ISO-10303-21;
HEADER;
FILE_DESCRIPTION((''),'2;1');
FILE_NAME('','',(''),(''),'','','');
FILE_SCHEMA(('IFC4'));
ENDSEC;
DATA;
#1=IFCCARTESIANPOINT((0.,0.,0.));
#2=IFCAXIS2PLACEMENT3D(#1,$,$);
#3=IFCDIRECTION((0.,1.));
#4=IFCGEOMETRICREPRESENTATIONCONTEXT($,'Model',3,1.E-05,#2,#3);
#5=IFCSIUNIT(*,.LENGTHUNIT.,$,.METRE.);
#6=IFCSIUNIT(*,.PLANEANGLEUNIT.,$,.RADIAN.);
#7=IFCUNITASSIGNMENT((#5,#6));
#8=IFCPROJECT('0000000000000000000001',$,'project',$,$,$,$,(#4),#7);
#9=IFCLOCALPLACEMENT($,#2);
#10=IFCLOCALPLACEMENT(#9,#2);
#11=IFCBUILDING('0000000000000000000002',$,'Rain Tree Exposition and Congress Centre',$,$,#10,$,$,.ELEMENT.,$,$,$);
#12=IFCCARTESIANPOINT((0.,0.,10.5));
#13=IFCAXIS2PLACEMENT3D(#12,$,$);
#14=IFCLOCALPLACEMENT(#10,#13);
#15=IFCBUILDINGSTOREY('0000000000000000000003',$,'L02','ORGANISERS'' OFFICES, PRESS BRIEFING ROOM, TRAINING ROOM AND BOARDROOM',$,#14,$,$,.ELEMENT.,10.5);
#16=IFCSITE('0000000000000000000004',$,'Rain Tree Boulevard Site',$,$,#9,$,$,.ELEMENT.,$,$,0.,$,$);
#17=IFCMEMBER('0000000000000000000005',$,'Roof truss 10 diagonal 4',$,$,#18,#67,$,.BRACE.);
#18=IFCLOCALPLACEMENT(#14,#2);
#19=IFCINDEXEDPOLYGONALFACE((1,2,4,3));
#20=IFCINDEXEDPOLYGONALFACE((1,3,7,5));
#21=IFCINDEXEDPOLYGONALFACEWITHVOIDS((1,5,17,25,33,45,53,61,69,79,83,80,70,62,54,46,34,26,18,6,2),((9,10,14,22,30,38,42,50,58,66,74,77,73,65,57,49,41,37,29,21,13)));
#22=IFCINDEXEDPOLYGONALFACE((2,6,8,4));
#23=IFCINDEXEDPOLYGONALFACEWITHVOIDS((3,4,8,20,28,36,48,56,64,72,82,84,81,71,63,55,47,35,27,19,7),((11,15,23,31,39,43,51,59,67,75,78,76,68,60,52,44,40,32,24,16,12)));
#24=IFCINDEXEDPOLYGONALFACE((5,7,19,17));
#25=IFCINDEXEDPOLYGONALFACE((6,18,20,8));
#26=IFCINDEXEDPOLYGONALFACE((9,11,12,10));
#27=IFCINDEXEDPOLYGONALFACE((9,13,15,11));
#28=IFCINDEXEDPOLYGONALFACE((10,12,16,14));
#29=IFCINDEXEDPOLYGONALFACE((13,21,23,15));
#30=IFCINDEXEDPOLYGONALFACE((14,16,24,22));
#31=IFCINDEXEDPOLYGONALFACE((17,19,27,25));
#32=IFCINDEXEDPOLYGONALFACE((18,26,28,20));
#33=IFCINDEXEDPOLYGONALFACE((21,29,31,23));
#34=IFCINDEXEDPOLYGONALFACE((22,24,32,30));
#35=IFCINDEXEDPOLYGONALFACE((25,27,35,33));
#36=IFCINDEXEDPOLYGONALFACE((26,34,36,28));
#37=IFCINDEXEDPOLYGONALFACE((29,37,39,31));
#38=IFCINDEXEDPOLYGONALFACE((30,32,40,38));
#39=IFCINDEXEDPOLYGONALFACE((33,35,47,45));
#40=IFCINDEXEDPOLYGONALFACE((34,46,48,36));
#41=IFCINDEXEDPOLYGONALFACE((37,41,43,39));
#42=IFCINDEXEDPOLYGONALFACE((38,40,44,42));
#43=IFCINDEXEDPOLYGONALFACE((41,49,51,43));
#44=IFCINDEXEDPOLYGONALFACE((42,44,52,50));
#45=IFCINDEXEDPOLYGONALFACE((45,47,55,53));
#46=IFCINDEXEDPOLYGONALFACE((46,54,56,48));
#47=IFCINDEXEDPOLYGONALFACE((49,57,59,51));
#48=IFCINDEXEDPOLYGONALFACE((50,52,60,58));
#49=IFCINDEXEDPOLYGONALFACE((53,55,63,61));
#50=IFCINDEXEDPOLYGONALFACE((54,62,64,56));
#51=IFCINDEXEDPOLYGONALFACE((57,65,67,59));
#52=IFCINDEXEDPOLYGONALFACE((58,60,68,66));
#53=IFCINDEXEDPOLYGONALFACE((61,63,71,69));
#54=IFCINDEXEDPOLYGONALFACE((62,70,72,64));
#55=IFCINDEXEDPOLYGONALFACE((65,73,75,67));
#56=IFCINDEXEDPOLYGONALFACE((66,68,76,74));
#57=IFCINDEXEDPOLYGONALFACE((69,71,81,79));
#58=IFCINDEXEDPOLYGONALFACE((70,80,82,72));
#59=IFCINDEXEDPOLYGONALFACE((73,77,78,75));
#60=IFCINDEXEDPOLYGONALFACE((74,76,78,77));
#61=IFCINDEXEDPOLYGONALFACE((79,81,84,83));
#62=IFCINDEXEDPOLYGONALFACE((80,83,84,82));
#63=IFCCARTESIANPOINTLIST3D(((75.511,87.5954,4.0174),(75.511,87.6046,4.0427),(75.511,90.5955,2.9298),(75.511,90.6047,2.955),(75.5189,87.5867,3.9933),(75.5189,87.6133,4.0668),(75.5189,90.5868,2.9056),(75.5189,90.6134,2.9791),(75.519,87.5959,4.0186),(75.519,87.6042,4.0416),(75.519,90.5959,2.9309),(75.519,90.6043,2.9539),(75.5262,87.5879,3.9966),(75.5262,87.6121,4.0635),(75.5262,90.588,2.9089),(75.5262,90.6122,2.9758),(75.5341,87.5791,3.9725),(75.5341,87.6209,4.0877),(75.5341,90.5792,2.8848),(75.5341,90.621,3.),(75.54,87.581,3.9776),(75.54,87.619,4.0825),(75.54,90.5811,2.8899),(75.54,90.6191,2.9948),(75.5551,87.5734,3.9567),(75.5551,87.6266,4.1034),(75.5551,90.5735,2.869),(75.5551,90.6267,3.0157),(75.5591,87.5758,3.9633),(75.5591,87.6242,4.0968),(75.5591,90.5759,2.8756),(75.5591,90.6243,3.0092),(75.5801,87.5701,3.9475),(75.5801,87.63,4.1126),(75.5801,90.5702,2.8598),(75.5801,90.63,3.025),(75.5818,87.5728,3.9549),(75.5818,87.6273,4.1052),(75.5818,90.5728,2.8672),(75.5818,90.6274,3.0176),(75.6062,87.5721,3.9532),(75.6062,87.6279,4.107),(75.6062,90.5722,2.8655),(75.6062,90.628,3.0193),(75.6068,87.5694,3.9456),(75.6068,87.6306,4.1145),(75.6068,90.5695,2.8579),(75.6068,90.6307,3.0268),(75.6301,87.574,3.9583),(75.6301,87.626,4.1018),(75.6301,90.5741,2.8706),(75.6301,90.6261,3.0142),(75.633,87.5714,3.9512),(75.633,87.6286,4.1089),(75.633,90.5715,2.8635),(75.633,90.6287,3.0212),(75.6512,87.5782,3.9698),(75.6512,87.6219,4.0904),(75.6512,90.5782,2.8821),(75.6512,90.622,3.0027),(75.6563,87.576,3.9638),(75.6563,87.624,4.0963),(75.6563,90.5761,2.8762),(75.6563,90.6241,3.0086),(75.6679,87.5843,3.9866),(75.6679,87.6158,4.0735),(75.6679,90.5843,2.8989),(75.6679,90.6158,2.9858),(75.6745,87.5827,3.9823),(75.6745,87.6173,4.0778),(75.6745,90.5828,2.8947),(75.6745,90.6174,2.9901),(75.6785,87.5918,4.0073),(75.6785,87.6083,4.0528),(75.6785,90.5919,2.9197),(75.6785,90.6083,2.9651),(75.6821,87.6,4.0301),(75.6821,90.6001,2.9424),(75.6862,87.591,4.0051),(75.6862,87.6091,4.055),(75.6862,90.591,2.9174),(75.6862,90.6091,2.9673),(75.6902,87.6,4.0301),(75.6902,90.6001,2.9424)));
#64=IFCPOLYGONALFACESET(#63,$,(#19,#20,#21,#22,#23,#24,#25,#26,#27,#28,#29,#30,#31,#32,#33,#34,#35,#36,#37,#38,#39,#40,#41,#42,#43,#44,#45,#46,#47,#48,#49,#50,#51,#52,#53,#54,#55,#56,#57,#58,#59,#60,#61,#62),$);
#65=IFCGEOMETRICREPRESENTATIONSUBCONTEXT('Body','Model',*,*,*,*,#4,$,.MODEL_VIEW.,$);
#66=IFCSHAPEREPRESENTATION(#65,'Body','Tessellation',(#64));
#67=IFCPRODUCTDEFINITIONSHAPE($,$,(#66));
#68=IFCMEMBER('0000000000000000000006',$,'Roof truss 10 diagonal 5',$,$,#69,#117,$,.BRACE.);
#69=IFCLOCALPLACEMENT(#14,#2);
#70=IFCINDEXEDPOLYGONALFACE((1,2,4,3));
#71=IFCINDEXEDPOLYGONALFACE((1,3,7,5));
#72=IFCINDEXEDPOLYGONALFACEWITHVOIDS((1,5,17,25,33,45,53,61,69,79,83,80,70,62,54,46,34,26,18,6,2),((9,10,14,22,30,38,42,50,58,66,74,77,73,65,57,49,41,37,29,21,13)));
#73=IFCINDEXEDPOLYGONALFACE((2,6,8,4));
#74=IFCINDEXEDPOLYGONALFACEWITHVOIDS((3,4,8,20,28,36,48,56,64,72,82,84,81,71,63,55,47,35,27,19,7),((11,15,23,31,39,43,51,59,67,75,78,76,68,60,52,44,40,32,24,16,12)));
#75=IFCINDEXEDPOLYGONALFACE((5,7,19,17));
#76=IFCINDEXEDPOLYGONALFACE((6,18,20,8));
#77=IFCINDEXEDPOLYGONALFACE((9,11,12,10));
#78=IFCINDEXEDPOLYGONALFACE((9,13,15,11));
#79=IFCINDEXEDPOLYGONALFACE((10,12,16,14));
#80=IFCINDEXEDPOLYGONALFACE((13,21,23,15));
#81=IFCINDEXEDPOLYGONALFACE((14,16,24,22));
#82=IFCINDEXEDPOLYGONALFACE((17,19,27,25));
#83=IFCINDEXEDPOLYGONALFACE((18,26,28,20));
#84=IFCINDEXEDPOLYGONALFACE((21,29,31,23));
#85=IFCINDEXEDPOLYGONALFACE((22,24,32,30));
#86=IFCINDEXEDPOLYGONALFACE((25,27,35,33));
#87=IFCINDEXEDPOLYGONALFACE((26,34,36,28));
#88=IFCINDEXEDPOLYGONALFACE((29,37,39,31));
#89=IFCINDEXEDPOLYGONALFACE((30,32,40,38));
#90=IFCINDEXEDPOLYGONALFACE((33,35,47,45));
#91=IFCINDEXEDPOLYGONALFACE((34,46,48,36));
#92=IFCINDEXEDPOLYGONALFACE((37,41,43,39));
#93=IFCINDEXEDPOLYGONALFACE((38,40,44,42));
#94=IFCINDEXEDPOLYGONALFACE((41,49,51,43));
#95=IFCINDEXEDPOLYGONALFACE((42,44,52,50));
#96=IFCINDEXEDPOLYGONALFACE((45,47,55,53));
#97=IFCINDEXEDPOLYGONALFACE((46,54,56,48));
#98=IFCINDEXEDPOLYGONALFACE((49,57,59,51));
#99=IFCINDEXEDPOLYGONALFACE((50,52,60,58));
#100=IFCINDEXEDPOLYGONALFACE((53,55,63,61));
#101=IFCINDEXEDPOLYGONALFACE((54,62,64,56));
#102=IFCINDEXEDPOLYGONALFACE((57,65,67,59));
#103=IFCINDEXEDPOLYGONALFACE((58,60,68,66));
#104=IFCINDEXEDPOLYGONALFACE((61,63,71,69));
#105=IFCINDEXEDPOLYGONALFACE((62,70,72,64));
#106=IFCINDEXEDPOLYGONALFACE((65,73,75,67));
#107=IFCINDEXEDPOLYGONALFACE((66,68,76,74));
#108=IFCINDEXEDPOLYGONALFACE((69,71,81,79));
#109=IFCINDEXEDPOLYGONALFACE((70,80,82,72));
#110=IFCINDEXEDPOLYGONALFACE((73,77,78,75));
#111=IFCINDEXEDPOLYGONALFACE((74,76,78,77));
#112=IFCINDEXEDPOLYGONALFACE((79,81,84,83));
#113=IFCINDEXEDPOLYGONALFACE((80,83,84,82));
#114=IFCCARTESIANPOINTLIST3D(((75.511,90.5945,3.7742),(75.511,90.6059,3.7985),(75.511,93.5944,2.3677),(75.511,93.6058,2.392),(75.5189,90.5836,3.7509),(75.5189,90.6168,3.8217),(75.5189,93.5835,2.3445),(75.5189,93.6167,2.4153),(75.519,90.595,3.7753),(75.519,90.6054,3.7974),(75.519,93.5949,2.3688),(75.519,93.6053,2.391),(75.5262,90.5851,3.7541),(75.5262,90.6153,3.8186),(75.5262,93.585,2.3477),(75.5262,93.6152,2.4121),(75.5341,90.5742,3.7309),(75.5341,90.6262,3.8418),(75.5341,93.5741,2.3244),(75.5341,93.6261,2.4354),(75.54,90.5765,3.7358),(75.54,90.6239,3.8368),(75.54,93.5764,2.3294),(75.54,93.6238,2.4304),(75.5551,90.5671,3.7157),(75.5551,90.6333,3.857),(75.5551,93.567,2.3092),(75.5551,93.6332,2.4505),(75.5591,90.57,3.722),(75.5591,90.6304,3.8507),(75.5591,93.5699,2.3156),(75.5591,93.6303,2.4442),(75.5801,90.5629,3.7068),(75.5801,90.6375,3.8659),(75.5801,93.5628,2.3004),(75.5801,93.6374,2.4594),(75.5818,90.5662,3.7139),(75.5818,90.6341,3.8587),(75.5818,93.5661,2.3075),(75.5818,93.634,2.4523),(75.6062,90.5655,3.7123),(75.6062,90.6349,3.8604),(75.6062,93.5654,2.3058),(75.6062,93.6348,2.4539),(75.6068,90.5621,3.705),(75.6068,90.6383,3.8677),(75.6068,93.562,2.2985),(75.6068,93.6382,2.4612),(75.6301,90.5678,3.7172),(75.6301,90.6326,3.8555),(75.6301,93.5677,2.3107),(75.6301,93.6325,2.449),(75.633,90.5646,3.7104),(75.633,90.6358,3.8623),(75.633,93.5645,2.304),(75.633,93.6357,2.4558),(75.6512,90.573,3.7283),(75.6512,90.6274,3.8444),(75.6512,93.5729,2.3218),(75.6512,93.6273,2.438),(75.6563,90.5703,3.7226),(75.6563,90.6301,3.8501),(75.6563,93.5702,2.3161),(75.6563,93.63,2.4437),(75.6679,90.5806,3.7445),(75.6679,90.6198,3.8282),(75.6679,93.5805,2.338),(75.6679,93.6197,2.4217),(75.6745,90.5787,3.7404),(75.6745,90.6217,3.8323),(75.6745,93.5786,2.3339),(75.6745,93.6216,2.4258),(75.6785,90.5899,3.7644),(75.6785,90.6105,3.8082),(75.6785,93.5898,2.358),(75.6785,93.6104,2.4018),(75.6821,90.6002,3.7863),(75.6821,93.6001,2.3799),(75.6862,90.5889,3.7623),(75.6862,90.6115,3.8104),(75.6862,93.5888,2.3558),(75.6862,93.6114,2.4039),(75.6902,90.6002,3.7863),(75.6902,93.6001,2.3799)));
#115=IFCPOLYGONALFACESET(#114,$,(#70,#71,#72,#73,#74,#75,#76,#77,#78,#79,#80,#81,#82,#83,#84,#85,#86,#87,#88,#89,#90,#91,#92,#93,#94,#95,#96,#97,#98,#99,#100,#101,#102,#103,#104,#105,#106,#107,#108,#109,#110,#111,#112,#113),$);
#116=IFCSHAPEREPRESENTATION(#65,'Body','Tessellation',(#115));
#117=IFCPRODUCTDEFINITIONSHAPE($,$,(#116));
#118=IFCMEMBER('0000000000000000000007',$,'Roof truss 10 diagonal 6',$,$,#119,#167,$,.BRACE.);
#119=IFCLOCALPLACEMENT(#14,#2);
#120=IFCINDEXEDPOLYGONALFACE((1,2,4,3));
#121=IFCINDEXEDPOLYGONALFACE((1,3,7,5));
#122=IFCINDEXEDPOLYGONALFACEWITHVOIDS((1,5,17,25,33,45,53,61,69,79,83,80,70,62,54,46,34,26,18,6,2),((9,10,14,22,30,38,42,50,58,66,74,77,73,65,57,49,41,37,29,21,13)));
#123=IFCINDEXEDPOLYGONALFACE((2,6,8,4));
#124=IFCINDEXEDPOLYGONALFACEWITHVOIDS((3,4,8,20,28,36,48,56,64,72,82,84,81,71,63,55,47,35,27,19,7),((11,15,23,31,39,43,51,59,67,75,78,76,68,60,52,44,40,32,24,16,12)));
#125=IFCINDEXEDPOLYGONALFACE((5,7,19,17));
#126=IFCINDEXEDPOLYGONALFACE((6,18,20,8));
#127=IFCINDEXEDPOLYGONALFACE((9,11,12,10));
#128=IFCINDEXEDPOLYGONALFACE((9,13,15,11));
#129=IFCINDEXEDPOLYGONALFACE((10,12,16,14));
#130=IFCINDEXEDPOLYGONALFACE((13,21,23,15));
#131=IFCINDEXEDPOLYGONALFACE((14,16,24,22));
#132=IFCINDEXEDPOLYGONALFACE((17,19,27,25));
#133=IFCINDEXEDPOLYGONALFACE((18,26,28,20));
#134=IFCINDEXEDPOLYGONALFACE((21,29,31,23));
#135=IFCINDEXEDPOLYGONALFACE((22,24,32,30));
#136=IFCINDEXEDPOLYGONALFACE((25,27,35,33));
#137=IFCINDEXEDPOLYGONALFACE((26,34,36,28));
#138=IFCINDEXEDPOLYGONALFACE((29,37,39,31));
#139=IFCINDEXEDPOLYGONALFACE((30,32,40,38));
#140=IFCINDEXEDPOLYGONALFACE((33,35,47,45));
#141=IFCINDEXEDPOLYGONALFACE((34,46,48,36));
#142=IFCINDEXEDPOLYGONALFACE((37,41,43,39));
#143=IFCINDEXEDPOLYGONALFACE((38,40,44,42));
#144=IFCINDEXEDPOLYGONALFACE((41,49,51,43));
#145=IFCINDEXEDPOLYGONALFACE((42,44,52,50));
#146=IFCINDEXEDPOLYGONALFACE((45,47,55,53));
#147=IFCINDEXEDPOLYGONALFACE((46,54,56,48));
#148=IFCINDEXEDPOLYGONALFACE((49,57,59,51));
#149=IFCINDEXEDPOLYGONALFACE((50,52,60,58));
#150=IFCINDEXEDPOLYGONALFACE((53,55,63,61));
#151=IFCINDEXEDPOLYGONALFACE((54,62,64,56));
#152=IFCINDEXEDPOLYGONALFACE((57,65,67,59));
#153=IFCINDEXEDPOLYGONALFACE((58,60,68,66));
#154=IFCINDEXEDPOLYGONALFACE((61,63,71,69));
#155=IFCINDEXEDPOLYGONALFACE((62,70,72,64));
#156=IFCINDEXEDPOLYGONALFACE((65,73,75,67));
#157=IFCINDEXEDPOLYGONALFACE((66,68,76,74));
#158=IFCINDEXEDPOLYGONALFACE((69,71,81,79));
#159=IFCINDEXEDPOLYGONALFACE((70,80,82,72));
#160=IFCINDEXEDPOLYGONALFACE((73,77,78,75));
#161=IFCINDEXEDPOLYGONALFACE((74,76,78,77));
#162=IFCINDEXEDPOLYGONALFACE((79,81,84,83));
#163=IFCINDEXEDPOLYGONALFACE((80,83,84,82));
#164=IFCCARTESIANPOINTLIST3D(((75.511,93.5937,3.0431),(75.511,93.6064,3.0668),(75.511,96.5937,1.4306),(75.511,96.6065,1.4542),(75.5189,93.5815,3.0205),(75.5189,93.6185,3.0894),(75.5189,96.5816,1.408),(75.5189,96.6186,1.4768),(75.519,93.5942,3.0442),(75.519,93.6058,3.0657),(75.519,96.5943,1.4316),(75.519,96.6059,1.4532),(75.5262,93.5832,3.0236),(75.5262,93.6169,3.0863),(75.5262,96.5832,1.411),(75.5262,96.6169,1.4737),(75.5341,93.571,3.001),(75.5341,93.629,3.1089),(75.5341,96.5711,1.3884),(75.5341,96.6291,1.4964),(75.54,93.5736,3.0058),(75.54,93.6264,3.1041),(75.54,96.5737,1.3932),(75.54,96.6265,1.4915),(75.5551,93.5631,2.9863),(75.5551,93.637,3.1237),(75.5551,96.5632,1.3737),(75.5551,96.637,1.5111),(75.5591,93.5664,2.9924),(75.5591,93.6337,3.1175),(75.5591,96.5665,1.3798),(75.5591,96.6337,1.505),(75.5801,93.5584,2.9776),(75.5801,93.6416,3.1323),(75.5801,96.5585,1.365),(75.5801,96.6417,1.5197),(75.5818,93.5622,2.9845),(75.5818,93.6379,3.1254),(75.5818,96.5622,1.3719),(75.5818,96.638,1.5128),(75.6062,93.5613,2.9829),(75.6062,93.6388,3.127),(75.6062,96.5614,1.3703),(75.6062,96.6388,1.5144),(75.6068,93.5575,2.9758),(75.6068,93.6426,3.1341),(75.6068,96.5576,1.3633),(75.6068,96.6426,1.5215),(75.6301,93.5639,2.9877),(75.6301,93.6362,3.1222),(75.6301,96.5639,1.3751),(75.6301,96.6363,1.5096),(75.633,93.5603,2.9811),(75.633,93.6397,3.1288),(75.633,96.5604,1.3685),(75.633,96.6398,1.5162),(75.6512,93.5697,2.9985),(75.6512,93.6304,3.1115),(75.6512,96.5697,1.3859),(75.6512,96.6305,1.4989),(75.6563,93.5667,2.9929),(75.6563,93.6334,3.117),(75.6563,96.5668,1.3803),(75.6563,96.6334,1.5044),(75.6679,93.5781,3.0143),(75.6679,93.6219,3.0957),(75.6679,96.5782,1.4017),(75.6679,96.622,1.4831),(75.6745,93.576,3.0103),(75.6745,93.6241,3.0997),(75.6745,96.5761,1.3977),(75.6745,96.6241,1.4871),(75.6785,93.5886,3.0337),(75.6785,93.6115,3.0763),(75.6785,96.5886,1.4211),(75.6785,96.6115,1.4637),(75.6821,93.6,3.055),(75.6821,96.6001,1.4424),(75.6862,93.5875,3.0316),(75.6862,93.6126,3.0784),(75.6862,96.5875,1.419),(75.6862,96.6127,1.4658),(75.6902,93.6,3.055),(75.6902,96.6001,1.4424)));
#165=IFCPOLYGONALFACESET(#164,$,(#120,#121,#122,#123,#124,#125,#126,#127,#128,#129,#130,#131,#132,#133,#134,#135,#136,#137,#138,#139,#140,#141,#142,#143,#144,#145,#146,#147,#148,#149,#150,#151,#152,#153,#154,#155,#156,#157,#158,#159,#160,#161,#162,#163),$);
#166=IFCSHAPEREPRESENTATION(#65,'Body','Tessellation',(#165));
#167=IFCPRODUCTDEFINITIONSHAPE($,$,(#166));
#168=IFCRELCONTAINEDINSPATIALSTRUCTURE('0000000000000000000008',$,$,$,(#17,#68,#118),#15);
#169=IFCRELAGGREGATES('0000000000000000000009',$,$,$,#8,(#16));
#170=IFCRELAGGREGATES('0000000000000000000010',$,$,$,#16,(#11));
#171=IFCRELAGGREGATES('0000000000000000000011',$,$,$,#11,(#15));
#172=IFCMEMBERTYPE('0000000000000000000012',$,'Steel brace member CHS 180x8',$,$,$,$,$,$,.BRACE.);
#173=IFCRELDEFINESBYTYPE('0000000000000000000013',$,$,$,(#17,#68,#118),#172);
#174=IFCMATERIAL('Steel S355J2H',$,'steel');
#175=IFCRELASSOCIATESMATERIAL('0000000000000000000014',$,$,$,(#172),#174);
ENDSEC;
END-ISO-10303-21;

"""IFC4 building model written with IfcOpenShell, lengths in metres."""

from ifc_helpers import new_model, si_unit, direction, frame, origin, origin_2d, place, context, subcontext, project, spatial, hollow_circle, extrude, material, material_profile, profile_set, type_object, element, save


model = new_model("IFC4")

# Units and contexts
model_context = context("Model", 3, precision=1e-05, world=origin(), true_north=direction((0.0, 1.0)))
body_context = subcontext(model_context, "Body", "Model", "MODEL_VIEW")
ifc_project = project(units=[si_unit("LENGTHUNIT", "METRE"), si_unit("PLANEANGLEUNIT", "RADIAN")], contexts=[model_context])

# Site, building, storey
site_placement = place(None, origin())
site = spatial("IfcSite", under=ifc_project, at=site_placement, Name="Rain Tree Boulevard Site", CompositionType="ELEMENT", RefElevation=0.0)
building_placement = place(site_placement, origin())
building = spatial("IfcBuilding", under=site, at=building_placement, Name="Rain Tree Exposition and Congress Centre", CompositionType="ELEMENT")
storey_placement = place(building_placement, frame((0.0, 0.0, 10.5)))
storey = spatial("IfcBuildingStorey", under=building, at=storey_placement, Name="L02", Description="ORGANISERS' OFFICES, PRESS BRIEFING ROOM, TRAINING ROOM AND BOARDROOM", CompositionType="ELEMENT", Elevation=10.5)

# Members
ifc_material_1 = material(Name="Steel S355J2H", Category="steel")
ifc_material_profile_1 = material_profile(ifc_material_1, hollow_circle(Radius=0.0901, WallThickness=0.0081, at=origin_2d()), Name="CHS 180x8")
ifc_profile_set_1 = profile_set([ifc_material_profile_1], Name="Steel S355J2H")
member_type_1 = type_object("IfcMemberType", Name="Steel brace member CHS 180x8", PredefinedType="BRACE", material=ifc_profile_set_1)
member_1_placement = place(storey_placement, frame((75.6001, 90.6001, 2.9424), z_axis=(0.0, -0.940121, 0.34084), x_axis=(1.0, 0.0, 0.0)))
element("IfcMember", 1, at=member_1_placement, inside=storey, type_object=member_type_1, Name="Roof truss 10 diagonal 4", PredefinedType="BRACE", context=body_context, shape_type="SweptSolid", body=[
    extrude(hollow_circle(Radius=0.0901, WallThickness=0.0081, at=origin_2d()), origin(), (0.0, 0.0, 1.0), 3.1912),
])
member_2_placement = place(storey_placement, frame((75.6001, 93.6001, 2.3799), z_axis=(0.0, -0.905431, 0.424494), x_axis=(1.0, 0.0, 0.0)))
element("IfcMember", 2, at=member_2_placement, inside=storey, type_object=member_type_1, Name="Roof truss 10 diagonal 5", PredefinedType="BRACE", context=body_context, shape_type="SweptSolid", body=[
    extrude(hollow_circle(Radius=0.0901, WallThickness=0.0081, at=origin_2d()), origin(), (0.0, 0.0, 1.0), 3.3132),
])
member_3_placement = place(storey_placement, frame((75.6001, 96.6001, 1.4424), z_axis=(0.0, -0.880818, 0.473454), x_axis=(1.0, 0.0, 0.0)))
element("IfcMember", 3, at=member_3_placement, inside=storey, type_object=member_type_1, Name="Roof truss 10 diagonal 6", PredefinedType="BRACE", context=body_context, shape_type="SweptSolid", body=[
    extrude(hollow_circle(Radius=0.0901, WallThickness=0.0081, at=origin_2d()), origin(), (0.0, 0.0, 1.0), 3.406),
])

save(model, "model.ifc")
